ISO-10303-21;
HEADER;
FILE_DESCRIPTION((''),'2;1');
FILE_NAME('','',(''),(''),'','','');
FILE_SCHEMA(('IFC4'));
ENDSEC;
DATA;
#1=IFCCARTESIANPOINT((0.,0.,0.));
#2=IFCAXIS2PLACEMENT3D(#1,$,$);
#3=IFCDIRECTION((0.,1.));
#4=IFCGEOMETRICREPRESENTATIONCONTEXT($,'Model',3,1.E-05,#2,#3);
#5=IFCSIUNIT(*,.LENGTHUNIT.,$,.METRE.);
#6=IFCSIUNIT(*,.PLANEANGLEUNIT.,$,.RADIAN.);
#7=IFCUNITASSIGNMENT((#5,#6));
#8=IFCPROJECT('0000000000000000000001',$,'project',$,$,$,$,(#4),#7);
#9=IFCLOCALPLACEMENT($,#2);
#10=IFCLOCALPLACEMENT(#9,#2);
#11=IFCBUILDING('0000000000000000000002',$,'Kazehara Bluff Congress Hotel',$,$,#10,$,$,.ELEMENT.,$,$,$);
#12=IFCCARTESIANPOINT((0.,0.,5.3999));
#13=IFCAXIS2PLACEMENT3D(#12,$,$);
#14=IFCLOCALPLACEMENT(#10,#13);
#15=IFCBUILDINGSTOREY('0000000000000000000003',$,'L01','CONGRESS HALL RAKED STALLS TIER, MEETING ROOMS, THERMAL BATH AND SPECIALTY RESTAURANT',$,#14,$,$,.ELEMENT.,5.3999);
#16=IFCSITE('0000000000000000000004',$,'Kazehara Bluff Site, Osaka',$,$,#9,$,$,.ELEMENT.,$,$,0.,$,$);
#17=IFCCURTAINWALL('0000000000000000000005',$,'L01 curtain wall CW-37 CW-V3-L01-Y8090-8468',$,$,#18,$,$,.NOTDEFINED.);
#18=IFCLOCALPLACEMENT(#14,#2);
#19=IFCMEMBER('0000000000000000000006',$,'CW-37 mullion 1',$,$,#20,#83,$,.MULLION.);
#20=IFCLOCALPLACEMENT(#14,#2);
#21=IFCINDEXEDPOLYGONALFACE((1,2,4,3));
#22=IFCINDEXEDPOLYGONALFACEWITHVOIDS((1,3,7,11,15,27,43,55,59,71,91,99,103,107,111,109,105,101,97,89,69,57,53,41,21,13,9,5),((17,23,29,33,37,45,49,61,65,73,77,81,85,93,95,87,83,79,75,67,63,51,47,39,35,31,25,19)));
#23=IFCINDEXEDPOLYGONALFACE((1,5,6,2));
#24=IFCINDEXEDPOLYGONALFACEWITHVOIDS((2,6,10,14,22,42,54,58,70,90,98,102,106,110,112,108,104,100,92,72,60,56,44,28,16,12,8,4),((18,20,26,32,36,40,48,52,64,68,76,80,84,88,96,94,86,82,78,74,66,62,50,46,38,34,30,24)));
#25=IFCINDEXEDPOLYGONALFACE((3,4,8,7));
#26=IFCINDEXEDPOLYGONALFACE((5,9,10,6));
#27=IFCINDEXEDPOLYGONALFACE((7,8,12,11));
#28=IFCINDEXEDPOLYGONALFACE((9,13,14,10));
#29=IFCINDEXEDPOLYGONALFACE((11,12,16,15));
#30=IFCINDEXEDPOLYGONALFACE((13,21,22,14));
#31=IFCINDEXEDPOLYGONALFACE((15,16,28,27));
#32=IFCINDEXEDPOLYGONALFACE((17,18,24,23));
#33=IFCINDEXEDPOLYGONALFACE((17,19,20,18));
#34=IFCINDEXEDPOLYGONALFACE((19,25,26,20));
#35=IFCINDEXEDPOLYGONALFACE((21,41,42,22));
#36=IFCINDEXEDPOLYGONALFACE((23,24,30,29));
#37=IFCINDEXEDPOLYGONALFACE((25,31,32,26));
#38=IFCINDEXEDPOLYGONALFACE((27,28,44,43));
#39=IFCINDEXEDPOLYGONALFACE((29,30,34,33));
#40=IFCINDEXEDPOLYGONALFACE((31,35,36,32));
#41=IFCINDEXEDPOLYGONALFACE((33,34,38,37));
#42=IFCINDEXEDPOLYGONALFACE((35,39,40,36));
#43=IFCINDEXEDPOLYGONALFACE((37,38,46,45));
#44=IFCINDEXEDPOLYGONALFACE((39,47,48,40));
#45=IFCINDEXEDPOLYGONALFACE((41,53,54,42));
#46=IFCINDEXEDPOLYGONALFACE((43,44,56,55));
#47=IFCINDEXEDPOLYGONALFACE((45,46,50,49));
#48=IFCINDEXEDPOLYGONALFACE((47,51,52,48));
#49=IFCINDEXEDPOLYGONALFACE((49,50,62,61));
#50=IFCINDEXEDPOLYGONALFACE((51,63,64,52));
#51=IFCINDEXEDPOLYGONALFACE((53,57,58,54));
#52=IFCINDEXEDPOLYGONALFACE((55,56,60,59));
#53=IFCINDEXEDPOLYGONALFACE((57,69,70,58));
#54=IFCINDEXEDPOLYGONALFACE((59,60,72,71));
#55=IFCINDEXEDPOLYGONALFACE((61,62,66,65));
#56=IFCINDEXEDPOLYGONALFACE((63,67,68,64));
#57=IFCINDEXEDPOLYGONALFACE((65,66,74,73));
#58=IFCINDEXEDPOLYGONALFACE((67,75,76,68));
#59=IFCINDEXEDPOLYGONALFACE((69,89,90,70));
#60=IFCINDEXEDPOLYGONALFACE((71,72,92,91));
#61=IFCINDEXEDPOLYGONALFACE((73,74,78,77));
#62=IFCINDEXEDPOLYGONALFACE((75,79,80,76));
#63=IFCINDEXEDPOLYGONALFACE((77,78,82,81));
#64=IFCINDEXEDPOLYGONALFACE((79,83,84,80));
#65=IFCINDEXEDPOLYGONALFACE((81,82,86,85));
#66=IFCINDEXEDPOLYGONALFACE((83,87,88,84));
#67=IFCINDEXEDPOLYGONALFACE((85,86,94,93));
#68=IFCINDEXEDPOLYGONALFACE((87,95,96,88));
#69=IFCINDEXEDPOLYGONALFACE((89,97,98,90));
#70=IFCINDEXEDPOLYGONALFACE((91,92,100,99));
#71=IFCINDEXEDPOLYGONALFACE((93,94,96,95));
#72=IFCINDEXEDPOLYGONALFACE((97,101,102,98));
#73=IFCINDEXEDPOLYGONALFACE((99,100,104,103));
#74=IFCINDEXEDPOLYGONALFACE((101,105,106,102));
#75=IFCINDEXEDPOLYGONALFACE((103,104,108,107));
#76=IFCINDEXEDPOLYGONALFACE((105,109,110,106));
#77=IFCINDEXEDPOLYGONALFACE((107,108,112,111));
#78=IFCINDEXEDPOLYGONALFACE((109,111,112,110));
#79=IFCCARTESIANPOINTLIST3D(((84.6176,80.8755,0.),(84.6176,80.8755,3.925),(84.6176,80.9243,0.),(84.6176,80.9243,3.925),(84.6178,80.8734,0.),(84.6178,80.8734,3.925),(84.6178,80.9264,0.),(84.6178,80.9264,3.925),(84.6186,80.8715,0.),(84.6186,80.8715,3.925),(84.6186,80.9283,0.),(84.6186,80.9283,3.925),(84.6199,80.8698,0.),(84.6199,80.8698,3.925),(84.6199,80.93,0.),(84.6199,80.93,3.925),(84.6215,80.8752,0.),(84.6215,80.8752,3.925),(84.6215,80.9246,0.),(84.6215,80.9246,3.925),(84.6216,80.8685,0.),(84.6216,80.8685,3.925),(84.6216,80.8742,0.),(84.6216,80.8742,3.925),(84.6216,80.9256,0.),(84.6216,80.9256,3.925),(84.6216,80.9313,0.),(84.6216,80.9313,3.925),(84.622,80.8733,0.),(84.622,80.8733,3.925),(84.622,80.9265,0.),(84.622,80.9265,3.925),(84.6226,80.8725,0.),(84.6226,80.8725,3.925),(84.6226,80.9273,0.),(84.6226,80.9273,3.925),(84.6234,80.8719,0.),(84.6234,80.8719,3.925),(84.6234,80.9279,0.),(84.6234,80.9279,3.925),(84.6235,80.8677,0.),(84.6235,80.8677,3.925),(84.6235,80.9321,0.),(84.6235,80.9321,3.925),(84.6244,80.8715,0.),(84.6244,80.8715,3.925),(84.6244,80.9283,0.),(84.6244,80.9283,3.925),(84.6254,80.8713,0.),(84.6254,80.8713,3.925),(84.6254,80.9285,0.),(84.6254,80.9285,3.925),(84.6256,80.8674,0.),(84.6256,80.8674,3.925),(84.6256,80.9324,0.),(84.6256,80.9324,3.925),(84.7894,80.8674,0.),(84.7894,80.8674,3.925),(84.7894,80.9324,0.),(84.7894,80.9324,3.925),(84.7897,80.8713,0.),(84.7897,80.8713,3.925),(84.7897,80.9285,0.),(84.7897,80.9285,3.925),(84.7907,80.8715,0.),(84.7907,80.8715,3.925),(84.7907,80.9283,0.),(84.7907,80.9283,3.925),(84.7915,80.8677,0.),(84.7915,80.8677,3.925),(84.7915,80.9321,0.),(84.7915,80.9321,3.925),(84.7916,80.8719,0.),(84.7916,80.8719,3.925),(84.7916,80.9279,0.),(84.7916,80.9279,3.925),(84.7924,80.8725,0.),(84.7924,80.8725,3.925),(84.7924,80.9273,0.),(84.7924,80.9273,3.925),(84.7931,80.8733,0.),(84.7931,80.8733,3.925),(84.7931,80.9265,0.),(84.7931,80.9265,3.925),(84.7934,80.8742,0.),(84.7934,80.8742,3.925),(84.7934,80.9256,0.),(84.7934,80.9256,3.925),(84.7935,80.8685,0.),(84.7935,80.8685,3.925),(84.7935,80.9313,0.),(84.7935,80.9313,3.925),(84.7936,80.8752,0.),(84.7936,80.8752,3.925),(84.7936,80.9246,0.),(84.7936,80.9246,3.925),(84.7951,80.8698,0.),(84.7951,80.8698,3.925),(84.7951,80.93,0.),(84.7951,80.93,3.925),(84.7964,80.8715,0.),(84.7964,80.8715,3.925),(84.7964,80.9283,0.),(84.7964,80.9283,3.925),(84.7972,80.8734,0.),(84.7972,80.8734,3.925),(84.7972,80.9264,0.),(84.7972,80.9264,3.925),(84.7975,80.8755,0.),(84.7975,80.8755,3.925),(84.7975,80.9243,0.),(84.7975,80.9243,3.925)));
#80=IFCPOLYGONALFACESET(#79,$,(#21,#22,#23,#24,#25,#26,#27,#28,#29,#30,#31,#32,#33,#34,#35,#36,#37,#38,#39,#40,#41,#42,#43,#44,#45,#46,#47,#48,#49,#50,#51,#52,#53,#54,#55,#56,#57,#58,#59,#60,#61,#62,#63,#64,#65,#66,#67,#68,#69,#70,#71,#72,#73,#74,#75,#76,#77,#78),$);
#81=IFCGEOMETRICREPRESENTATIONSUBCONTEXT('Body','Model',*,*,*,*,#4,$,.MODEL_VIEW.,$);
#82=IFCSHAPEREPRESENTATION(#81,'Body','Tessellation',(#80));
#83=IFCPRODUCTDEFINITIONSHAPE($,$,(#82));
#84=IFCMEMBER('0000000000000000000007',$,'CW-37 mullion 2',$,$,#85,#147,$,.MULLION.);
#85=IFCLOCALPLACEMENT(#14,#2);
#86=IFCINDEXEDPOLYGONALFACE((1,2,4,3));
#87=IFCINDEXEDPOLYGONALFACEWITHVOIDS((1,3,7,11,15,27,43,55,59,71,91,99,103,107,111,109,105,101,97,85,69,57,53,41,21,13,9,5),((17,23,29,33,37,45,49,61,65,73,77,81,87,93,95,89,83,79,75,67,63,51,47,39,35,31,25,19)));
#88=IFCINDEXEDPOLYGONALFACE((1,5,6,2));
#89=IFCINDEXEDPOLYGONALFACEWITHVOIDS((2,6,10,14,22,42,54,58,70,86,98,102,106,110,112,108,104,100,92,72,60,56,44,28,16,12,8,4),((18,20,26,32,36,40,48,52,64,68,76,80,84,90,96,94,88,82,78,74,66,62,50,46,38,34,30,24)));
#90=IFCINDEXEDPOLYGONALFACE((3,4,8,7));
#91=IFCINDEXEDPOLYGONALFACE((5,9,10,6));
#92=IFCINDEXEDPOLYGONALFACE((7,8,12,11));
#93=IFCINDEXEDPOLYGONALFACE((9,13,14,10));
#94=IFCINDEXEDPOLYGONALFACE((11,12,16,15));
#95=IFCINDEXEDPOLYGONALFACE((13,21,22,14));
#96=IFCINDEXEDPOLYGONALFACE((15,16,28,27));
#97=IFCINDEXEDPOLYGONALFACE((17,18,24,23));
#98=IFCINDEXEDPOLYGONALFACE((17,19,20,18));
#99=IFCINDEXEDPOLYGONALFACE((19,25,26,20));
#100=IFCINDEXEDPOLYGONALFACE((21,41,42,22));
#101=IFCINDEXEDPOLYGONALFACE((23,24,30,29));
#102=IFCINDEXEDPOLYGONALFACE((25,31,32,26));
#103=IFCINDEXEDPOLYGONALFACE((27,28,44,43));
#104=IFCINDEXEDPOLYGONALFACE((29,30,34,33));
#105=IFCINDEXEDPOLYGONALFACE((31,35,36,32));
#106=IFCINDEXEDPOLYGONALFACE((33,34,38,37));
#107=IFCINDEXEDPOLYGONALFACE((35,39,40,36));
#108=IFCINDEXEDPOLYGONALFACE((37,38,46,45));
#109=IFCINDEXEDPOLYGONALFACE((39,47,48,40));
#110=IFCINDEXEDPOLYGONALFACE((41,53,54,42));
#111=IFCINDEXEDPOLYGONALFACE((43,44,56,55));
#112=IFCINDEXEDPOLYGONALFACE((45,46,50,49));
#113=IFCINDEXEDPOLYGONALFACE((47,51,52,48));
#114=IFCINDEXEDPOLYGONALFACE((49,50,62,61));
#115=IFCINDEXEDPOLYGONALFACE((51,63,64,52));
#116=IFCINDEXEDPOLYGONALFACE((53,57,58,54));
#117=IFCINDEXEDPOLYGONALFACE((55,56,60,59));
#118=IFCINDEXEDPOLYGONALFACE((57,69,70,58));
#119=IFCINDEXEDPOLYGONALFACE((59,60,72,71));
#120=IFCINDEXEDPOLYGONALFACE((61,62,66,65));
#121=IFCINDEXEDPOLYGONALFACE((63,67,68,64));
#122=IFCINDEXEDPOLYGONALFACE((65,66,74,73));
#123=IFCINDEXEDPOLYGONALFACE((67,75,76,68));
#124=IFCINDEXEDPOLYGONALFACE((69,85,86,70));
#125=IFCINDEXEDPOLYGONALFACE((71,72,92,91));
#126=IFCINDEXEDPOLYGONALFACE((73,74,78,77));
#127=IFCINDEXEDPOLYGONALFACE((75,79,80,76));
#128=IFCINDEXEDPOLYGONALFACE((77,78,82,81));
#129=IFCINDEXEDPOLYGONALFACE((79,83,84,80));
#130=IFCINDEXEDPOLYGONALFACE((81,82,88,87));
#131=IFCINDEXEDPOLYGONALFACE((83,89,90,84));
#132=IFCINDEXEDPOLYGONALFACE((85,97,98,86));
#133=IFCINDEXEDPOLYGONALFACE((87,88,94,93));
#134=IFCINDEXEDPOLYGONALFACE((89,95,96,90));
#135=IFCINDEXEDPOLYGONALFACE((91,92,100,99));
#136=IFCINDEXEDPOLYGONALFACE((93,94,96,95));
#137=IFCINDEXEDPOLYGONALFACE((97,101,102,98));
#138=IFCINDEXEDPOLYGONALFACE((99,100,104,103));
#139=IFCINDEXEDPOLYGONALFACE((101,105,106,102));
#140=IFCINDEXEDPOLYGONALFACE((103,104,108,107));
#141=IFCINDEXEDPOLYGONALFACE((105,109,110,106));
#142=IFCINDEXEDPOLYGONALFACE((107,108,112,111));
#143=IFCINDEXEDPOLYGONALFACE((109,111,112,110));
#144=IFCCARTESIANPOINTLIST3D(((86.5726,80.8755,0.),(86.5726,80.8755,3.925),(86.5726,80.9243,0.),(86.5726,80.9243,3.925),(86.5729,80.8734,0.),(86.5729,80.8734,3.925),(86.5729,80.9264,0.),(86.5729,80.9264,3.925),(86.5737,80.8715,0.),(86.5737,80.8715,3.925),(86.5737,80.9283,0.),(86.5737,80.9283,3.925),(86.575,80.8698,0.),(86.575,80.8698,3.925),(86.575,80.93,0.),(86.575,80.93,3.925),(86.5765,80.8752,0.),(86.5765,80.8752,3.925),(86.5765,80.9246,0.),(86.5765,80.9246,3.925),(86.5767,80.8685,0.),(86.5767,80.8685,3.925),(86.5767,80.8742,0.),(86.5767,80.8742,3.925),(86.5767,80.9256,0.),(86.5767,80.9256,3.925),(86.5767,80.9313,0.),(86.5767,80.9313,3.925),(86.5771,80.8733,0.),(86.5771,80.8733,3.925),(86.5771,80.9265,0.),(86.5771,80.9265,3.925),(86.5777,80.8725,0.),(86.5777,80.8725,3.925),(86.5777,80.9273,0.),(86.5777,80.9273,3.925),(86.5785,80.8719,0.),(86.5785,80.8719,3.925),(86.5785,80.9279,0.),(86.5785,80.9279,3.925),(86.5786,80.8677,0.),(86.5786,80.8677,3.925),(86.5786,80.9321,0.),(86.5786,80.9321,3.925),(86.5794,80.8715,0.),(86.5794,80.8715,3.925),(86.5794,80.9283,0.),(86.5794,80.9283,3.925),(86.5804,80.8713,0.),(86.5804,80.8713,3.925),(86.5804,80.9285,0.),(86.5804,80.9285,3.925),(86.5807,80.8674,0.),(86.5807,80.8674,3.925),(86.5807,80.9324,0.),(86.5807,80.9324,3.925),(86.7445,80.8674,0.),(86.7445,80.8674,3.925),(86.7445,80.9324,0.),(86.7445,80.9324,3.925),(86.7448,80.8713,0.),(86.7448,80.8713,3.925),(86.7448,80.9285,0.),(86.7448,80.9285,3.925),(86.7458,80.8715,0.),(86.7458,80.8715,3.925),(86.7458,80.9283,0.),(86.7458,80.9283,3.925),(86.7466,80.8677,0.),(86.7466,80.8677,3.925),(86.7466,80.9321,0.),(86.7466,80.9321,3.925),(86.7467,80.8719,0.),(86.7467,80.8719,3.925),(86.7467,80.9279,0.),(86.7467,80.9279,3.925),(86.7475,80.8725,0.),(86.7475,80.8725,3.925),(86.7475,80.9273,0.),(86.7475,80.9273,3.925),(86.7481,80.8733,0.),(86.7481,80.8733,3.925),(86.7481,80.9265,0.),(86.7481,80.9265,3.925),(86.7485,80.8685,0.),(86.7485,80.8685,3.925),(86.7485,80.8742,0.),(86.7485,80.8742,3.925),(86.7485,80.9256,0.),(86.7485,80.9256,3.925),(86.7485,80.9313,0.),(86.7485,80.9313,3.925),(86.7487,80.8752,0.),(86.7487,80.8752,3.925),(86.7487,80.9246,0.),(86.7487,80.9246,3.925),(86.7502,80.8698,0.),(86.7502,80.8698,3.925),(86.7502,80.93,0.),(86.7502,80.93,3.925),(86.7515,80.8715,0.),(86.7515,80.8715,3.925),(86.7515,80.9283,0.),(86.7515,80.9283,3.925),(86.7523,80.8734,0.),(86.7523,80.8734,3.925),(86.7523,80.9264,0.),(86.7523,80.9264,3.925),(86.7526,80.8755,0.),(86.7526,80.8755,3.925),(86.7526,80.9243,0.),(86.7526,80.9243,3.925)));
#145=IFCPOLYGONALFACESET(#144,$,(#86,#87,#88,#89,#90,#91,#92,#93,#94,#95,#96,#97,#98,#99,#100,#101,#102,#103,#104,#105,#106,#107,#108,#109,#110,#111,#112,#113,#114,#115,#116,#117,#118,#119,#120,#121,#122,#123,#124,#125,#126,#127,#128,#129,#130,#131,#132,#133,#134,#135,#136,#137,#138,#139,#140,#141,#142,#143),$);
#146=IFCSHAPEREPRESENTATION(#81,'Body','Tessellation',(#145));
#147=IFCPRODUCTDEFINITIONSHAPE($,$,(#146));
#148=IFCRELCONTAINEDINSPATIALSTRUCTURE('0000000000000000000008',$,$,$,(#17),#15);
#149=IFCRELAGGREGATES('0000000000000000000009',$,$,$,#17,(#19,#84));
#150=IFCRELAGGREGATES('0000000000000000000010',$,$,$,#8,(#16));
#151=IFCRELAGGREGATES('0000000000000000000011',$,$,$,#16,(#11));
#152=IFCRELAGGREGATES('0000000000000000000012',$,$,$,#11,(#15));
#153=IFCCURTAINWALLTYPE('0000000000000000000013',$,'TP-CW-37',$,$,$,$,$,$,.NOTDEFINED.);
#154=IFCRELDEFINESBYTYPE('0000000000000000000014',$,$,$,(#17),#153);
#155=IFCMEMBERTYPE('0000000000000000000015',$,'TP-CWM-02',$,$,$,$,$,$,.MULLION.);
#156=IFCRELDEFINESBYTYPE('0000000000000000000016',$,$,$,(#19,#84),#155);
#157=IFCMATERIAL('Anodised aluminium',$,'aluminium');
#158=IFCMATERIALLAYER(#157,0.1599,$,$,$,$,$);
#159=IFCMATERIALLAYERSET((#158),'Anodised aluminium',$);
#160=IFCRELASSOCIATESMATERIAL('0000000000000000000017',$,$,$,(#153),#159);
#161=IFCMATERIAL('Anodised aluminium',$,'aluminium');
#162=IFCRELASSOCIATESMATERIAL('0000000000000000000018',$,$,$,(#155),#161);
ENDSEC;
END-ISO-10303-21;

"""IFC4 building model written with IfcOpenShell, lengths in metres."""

from ifc_helpers import new_model, si_unit, direction, frame, origin, origin_2d, place, context, subcontext, project, spatial, hollow_rectangle, extrude, material, layer, layer_set, material_profile, profile_set, type_object, element, aggregate, save


model = new_model("IFC4")

# Units and contexts
model_context = context("Model", 3, precision=1e-05, world=origin(), true_north=direction((0.0, 1.0)))
body_context = subcontext(model_context, "Body", "Model", "MODEL_VIEW")
ifc_project = project(units=[si_unit("LENGTHUNIT", "METRE"), si_unit("PLANEANGLEUNIT", "RADIAN")], contexts=[model_context])

# Site, building, storey
site_placement = place(None, origin())
site = spatial("IfcSite", under=ifc_project, at=site_placement, Name="Kazehara Bluff Site, Osaka", CompositionType="ELEMENT", RefElevation=0.0)
building_placement = place(site_placement, origin())
building = spatial("IfcBuilding", under=site, at=building_placement, Name="Kazehara Bluff Congress Hotel", CompositionType="ELEMENT")
storey_placement = place(building_placement, frame((0.0, 0.0, 5.3999)))
storey = spatial("IfcBuildingStorey", under=building, at=storey_placement, Name="L01", Description="CONGRESS HALL RAKED STALLS TIER, MEETING ROOMS, THERMAL BATH AND SPECIALTY RESTAURANT", CompositionType="ELEMENT", Elevation=5.3999)

# Curtain wall, members
ifc_material_1 = material(Name="Anodised aluminium", Category="aluminium")
ifc_layer_1 = layer(ifc_material_1, 0.1599)
ifc_layer_set_1 = layer_set([ifc_layer_1], Name="Anodised aluminium")
curtain_wall_type_1 = type_object("IfcCurtainWallType", Name="TP-CW-37", PredefinedType="NOTDEFINED", material=ifc_layer_set_1)
ifc_material_2 = material(Name="Anodised aluminium", Category="aluminium")
ifc_material_profile_1 = material_profile(ifc_material_2, hollow_rectangle(XDim=0.0649, YDim=0.1799, WallThickness=0.0039, InnerFilletRadius=0.0039, OuterFilletRadius=0.0081, at=origin_2d()))
ifc_profile_set_1 = profile_set([ifc_material_profile_1], Name="Anodised aluminium")
member_type_1 = type_object("IfcMemberType", Name="TP-CWM-02", PredefinedType="MULLION", material=ifc_profile_set_1)
curtain_wall_1_placement = place(storey_placement, origin())
curtain_wall_1 = element("IfcCurtainWall", 1, at=curtain_wall_1_placement, inside=storey, type_object=curtain_wall_type_1, Name="L01 curtain wall CW-37 CW-V3-L01-Y8090-8468", PredefinedType="NOTDEFINED")
member_1_placement = place(storey_placement, frame((84.7075, 80.8999, 0.0), z_axis=(0.0, 0.0, 1.0), x_axis=(0.0, 1.0, 0.0)))
member_1 = element("IfcMember", 2, at=member_1_placement, type_object=member_type_1, Name="CW-37 mullion 1", PredefinedType="MULLION", context=body_context, shape_type="SweptSolid", body=[
    extrude(hollow_rectangle(XDim=0.0649, YDim=0.1799, WallThickness=0.0039, InnerFilletRadius=0.0039, OuterFilletRadius=0.0081, at=origin_2d()), origin(), (0.0, 0.0, 1.0), 3.925),
])
member_2_placement = place(storey_placement, frame((86.6626, 80.8999, 0.0), z_axis=(0.0, 0.0, 1.0), x_axis=(0.0, 1.0, 0.0)))
member_2 = element("IfcMember", 3, at=member_2_placement, type_object=member_type_1, Name="CW-37 mullion 2", PredefinedType="MULLION", context=body_context, shape_type="SweptSolid", body=[
    extrude(hollow_rectangle(XDim=0.0649, YDim=0.1799, WallThickness=0.0039, InnerFilletRadius=0.0039, OuterFilletRadius=0.0081, at=origin_2d()), origin(), (0.0, 0.0, 1.0), 3.925),
])

aggregate(curtain_wall_1, [member_1, member_2])

save(model, "model.ifc")
